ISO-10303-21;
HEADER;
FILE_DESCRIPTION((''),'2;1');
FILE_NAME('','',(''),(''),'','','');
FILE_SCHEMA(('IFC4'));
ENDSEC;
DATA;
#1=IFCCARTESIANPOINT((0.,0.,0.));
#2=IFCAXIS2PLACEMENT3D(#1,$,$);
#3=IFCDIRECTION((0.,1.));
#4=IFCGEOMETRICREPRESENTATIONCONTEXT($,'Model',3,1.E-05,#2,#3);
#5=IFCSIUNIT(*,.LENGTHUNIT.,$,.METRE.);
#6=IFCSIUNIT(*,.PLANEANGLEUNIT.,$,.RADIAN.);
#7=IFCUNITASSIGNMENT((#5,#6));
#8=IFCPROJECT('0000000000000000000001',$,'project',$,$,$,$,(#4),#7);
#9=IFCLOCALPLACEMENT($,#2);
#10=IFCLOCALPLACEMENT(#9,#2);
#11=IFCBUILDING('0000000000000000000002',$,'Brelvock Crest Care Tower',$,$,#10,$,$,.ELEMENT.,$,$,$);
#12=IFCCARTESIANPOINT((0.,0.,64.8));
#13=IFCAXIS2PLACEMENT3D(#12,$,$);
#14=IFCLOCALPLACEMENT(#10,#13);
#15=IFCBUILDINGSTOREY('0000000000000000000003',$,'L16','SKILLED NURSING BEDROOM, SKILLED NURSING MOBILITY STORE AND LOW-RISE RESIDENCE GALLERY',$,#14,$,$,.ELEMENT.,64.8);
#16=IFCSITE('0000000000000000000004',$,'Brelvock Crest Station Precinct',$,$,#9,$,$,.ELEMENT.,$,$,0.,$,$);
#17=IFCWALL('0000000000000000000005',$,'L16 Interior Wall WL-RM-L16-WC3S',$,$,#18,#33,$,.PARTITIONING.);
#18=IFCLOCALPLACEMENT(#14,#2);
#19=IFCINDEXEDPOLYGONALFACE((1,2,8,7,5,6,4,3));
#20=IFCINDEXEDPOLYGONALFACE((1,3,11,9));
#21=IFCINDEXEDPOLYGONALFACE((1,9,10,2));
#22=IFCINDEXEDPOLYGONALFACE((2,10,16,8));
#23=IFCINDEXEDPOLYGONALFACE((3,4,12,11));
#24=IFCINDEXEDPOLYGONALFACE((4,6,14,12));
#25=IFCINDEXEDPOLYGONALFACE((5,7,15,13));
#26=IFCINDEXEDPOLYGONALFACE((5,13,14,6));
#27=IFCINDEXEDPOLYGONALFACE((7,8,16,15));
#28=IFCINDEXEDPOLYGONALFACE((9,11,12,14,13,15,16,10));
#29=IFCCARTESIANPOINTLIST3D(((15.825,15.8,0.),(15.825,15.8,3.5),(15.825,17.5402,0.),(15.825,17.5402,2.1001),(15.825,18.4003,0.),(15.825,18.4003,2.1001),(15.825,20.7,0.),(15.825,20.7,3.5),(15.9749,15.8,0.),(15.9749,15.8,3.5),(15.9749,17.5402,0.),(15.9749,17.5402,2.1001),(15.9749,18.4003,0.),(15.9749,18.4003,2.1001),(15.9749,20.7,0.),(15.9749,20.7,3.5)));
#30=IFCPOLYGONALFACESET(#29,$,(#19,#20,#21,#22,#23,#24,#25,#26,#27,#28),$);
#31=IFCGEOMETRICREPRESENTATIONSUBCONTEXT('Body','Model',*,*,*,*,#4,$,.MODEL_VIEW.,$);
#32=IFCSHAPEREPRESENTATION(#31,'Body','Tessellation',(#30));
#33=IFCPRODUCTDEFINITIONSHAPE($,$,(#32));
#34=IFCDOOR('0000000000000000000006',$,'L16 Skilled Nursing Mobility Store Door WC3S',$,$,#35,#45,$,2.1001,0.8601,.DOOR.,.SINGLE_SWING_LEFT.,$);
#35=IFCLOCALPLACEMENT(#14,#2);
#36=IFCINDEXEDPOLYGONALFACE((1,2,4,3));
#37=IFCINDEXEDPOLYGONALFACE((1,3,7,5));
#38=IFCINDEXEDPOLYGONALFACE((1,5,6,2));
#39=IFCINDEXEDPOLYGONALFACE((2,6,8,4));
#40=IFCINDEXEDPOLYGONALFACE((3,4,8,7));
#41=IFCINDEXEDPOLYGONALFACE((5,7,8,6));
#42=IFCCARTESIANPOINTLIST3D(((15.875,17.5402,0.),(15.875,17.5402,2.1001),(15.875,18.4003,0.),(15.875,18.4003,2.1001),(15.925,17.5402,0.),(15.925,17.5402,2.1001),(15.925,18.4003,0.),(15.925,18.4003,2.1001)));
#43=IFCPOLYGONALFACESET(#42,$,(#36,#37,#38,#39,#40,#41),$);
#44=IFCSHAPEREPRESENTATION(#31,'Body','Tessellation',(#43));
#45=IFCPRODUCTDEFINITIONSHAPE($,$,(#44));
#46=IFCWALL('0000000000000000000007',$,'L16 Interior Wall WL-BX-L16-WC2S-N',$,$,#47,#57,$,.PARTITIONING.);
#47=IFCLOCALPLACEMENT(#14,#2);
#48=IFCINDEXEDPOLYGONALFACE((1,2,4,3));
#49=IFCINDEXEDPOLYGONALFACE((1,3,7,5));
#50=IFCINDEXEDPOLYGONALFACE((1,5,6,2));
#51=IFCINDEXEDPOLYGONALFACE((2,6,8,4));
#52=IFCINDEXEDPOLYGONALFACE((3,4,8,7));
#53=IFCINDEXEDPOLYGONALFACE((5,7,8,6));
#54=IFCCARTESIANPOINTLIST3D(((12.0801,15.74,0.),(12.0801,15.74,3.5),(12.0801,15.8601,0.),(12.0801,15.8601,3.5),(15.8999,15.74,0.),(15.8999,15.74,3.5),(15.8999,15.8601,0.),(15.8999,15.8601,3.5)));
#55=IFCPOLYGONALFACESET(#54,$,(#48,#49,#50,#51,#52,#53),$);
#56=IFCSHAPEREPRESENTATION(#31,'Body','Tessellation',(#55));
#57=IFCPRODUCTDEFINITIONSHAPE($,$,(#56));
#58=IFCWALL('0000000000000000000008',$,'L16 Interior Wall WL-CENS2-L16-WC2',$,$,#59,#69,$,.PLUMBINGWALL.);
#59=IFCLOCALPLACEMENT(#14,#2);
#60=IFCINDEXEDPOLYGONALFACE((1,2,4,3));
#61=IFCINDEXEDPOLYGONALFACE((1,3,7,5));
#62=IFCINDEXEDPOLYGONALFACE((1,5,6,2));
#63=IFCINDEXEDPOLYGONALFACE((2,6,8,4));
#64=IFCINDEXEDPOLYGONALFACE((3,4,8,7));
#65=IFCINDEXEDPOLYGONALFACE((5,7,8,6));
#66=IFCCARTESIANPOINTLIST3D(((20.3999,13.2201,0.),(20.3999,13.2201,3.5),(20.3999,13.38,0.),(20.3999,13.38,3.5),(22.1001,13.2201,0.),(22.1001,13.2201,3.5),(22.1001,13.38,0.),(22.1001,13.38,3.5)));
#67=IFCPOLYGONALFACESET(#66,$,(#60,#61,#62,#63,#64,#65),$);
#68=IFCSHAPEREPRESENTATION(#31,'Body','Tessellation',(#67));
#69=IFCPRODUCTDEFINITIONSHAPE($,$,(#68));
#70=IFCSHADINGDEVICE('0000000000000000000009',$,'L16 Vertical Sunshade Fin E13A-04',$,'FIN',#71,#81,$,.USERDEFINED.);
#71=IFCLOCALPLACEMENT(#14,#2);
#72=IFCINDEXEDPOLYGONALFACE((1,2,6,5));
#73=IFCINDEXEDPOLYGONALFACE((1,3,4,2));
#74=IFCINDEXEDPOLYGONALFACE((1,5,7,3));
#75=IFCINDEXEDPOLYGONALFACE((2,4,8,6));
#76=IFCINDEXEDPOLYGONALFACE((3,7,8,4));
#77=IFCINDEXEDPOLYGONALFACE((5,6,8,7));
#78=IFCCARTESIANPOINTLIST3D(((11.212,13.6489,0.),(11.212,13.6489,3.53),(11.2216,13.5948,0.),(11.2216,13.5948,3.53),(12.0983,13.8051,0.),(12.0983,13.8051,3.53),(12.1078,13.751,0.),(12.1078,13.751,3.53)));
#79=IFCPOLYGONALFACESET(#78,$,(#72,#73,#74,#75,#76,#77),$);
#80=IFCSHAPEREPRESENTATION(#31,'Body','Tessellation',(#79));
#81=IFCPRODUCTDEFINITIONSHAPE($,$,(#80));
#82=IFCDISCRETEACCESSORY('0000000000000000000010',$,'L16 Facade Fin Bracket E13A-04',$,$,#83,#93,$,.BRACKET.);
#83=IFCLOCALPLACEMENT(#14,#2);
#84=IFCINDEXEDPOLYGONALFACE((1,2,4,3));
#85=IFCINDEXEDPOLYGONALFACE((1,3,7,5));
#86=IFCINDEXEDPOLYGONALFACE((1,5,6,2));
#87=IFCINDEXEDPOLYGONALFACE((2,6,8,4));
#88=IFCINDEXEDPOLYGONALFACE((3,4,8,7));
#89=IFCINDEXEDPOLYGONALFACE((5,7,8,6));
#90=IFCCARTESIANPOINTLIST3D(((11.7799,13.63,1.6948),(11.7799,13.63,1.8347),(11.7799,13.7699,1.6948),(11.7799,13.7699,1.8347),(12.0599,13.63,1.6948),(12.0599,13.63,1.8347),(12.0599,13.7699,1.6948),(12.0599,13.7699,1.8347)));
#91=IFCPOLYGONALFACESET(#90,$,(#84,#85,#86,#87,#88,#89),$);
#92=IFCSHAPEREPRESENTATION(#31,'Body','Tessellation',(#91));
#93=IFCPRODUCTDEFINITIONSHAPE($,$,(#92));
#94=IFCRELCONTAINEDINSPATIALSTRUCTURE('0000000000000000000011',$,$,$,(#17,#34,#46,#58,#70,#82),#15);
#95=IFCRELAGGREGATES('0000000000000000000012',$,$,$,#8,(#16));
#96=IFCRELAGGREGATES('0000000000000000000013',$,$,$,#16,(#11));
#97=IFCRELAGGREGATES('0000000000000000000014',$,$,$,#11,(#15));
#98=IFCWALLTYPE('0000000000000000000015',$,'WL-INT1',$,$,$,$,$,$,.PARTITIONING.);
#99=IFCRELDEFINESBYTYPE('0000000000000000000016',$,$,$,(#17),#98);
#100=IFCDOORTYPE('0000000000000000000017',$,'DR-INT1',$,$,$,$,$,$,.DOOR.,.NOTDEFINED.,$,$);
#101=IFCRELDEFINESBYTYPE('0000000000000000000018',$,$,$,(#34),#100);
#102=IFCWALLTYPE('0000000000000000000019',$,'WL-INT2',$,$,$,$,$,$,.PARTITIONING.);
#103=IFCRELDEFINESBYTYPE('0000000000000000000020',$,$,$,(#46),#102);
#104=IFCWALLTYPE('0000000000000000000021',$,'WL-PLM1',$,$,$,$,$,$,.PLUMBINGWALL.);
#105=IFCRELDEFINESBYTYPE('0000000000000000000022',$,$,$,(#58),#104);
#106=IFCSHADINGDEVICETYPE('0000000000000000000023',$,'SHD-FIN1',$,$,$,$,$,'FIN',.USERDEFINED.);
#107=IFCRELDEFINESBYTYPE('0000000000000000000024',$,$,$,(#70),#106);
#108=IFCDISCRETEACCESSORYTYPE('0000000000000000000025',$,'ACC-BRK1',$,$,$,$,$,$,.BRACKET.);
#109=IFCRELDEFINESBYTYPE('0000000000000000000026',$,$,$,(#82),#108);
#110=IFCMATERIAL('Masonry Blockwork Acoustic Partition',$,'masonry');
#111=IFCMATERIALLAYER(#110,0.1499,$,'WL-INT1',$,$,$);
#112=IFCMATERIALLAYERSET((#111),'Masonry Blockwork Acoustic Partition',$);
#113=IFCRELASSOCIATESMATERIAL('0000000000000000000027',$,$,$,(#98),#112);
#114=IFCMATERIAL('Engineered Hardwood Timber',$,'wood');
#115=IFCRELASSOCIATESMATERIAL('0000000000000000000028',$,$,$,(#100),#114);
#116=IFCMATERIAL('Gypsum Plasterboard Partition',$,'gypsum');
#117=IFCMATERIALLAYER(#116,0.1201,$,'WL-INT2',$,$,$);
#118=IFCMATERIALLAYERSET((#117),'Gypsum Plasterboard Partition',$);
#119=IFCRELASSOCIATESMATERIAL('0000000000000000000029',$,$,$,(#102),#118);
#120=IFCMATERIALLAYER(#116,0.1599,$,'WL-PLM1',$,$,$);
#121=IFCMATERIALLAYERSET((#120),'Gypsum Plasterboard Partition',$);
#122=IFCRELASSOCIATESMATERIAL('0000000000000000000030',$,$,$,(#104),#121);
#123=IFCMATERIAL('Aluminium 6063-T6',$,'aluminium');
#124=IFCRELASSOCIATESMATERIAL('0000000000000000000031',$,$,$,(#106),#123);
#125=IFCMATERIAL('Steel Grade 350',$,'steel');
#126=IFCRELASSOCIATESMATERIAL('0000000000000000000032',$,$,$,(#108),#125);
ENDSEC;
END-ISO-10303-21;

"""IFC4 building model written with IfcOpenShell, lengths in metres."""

from ifc_helpers import new_model, si_unit, direction, frame, frame_2d, origin, origin_2d, place, context, subcontext, project, spatial, rectangle, extrude, source, transform, mapped, material, layer, layer_set, material_profile, profile_set, type_object, element, fill, save


model = new_model("IFC4")

# Units and contexts
model_context = context("Model", 3, precision=1e-05, world=origin(), true_north=direction((0.0, 1.0)))
body_context = subcontext(model_context, "Body", "Model", "MODEL_VIEW")
ifc_project = project(units=[si_unit("LENGTHUNIT", "METRE"), si_unit("PLANEANGLEUNIT", "RADIAN")], contexts=[model_context])

# Site, building, storey
site_placement = place(None, origin())
site = spatial("IfcSite", under=ifc_project, at=site_placement, Name="Brelvock Crest Station Precinct", CompositionType="ELEMENT", RefElevation=0.0)
building_placement = place(site_placement, origin())
building = spatial("IfcBuilding", under=site, at=building_placement, Name="Brelvock Crest Care Tower", CompositionType="ELEMENT")
storey_placement = place(building_placement, frame((0.0, 0.0, 64.8)))
storey = spatial("IfcBuildingStorey", under=building, at=storey_placement, Name="L16", Description="SKILLED NURSING BEDROOM, SKILLED NURSING MOBILITY STORE AND LOW-RISE RESIDENCE GALLERY", CompositionType="ELEMENT", Elevation=64.8)

# Shared definitions
ifc_material_1 = material(Name="Aluminium 6063-T6", Category="aluminium")

# Shared definitions
ifc_material_2 = material(Name="Masonry Blockwork Acoustic Partition", Category="masonry")
ifc_layer_1 = layer(ifc_material_2, 0.1499, Name="WL-INT1")
ifc_layer_set_1 = layer_set([ifc_layer_1], Name="Masonry Blockwork Acoustic Partition")
wall_type_1 = type_object("IfcWallType", Name="WL-INT1", PredefinedType="PARTITIONING", material=ifc_layer_set_1)

# Wall, opening, door
wall_1_placement = place(storey_placement, frame((15.8999, 15.8, 0.0), z_axis=(0.0, 0.0, 1.0), x_axis=(0.0, 1.0, 0.0)))
wall_1 = element("IfcWall", 1, at=wall_1_placement, inside=storey, type_object=wall_type_1, Name="L16 Interior Wall WL-RM-L16-WC3S", PredefinedType="PARTITIONING", context=body_context, shape_type="SweptSolid", body=[
    extrude(rectangle(XDim=4.8999, YDim=0.1499, at=frame_2d((2.45, 0.0))), origin(), (0.0, 0.0, 1.0), 3.5),
])
opening_placement = place(wall_1_placement, frame((1.74, 0.0, 0.0)))
opening = element("IfcOpeningElement", 2, at=opening_placement, cuts=wall_1, PredefinedType="OPENING", context=body_context, shape_type="SweptSolid", body=[
    extrude(rectangle(XDim=0.8601, YDim=2.1001, at=origin_2d()), frame((0.4302, 0.085, 1.05), z_axis=(0.0, -1.0, 0.0), x_axis=(1.0, 0.0, 0.0)), (0.0, 0.0, 1.0), 0.1699),
])
ifc_material_3 = material(Name="Engineered Hardwood Timber", Category="wood")
door_type = type_object("IfcDoorType", Name="DR-INT1", OperationType="NOTDEFINED", PredefinedType="DOOR", material=ifc_material_3)
shared_shape_1 = source(origin(), body_context, "Body", "SweptSolid", [
    extrude(rectangle(XDim=0.8601, YDim=2.1001, at=origin_2d()), frame((0.4302, 0.0249, 1.05), z_axis=(0.0, -1.0, 0.0), x_axis=(1.0, 0.0, 0.0)), (0.0, 0.0, 1.0), 0.05),
])
door_placement = place(opening_placement, origin())
door = element("IfcDoor", 3, at=door_placement, inside=storey, type_object=door_type, Name="L16 Skilled Nursing Mobility Store Door WC3S", OperationType="SINGLE_SWING_LEFT", OverallHeight=2.1001, OverallWidth=0.8601, PredefinedType="DOOR", context=body_context, shape_type="MappedRepresentation", body=[
    mapped(shared_shape_1, transform((0.0, 0.0, 0.0), x_axis=(1.0, 0.0, 0.0), y_axis=(0.0, 1.0, 0.0), z_axis=(0.0, 0.0, 1.0), scale=1.0)),
])
fill(opening, door)

# Walls
ifc_material_4 = material(Name="Gypsum Plasterboard Partition", Category="gypsum")
ifc_layer_2 = layer(ifc_material_4, 0.1201, Name="WL-INT2")
ifc_layer_set_2 = layer_set([ifc_layer_2], Name="Gypsum Plasterboard Partition")
wall_type_2 = type_object("IfcWallType", Name="WL-INT2", PredefinedType="PARTITIONING", material=ifc_layer_set_2)
wall_2_placement = place(storey_placement, frame((12.0801, 15.8, 0.0), z_axis=(0.0, 0.0, 1.0), x_axis=(1.0, 0.0, 0.0)))
element("IfcWall", 4, at=wall_2_placement, inside=storey, type_object=wall_type_2, Name="L16 Interior Wall WL-BX-L16-WC2S-N", PredefinedType="PARTITIONING", context=body_context, shape_type="SweptSolid", body=[
    extrude(rectangle(XDim=3.8198, YDim=0.1201, at=frame_2d((1.9099, 0.0))), origin(), (0.0, 0.0, 1.0), 3.5),
])
ifc_layer_3 = layer(ifc_material_4, 0.1599, Name="WL-PLM1")
ifc_layer_set_3 = layer_set([ifc_layer_3], Name="Gypsum Plasterboard Partition")
wall_type_3 = type_object("IfcWallType", Name="WL-PLM1", PredefinedType="PLUMBINGWALL", material=ifc_layer_set_3)
wall_3_placement = place(storey_placement, frame((20.3999, 13.3, 0.0), z_axis=(0.0, 0.0, 1.0), x_axis=(1.0, 0.0, 0.0)))
element("IfcWall", 5, at=wall_3_placement, inside=storey, type_object=wall_type_3, Name="L16 Interior Wall WL-CENS2-L16-WC2", PredefinedType="PLUMBINGWALL", context=body_context, shape_type="SweptSolid", body=[
    extrude(rectangle(XDim=1.7002, YDim=0.1599, at=frame_2d((0.8501, 0.0))), origin(), (0.0, 0.0, 1.0), 3.5),
])

# Shading device
ifc_material_profile_1 = material_profile(ifc_material_1, rectangle(XDim=0.0549, YDim=0.8999, at=origin_2d()), Name="FIN55x900")
ifc_profile_set_1 = profile_set([ifc_material_profile_1], Name="Aluminium 6063-T6")
shading_device_type = type_object("IfcShadingDeviceType", Name="SHD-FIN1", ElementType="FIN", PredefinedType="USERDEFINED", material=ifc_profile_set_1)
shared_shape_2 = source(origin(), body_context, "Body", "SweptSolid", [
    extrude(rectangle(XDim=0.0549, YDim=0.8999, at=origin_2d()), origin(), (0.0, 0.0, 1.0), 3.53),
])
shading_device_placement = place(storey_placement, frame((11.6599, 13.7, 0.0), z_axis=(0.0, 0.0, 1.0), x_axis=(-0.173648, 0.984808, 0.0)))
element("IfcShadingDevice", 6, at=shading_device_placement, inside=storey, type_object=shading_device_type, Name="L16 Vertical Sunshade Fin E13A-04", ObjectType="FIN", PredefinedType="USERDEFINED", context=body_context, shape_type="MappedRepresentation", body=[
    mapped(shared_shape_2, transform((0.0, 0.0, 0.0), x_axis=(1.0, 0.0, 0.0), y_axis=(0.0, 1.0, 0.0), z_axis=(0.0, 0.0, 1.0), scale=1.0)),
])

# Discrete accessory
ifc_material_5 = material(Name="Steel Grade 350", Category="steel")
discrete_accessory_type = type_object("IfcDiscreteAccessoryType", Name="ACC-BRK1", PredefinedType="BRACKET", material=ifc_material_5)
shared_shape_3 = source(origin(), body_context, "Body", "SweptSolid", [
    extrude(rectangle(XDim=0.28, YDim=0.1399, at=origin_2d()), origin(), (0.0, 0.0, 1.0), 0.1399),
])
discrete_accessory_placement = place(storey_placement, frame((11.9199, 13.7, 1.6948), z_axis=(0.0, 0.0, 1.0), x_axis=(-1.0, 0.0, 0.0)))
element("IfcDiscreteAccessory", 7, at=discrete_accessory_placement, inside=storey, type_object=discrete_accessory_type, Name="L16 Facade Fin Bracket E13A-04", PredefinedType="BRACKET", context=body_context, shape_type="MappedRepresentation", body=[
    mapped(shared_shape_3, transform((0.0, 0.0, 0.0), x_axis=(1.0, 0.0, 0.0), y_axis=(0.0, 1.0, 0.0), z_axis=(0.0, 0.0, 1.0), scale=1.0)),
])

save(model, "model.ifc")
